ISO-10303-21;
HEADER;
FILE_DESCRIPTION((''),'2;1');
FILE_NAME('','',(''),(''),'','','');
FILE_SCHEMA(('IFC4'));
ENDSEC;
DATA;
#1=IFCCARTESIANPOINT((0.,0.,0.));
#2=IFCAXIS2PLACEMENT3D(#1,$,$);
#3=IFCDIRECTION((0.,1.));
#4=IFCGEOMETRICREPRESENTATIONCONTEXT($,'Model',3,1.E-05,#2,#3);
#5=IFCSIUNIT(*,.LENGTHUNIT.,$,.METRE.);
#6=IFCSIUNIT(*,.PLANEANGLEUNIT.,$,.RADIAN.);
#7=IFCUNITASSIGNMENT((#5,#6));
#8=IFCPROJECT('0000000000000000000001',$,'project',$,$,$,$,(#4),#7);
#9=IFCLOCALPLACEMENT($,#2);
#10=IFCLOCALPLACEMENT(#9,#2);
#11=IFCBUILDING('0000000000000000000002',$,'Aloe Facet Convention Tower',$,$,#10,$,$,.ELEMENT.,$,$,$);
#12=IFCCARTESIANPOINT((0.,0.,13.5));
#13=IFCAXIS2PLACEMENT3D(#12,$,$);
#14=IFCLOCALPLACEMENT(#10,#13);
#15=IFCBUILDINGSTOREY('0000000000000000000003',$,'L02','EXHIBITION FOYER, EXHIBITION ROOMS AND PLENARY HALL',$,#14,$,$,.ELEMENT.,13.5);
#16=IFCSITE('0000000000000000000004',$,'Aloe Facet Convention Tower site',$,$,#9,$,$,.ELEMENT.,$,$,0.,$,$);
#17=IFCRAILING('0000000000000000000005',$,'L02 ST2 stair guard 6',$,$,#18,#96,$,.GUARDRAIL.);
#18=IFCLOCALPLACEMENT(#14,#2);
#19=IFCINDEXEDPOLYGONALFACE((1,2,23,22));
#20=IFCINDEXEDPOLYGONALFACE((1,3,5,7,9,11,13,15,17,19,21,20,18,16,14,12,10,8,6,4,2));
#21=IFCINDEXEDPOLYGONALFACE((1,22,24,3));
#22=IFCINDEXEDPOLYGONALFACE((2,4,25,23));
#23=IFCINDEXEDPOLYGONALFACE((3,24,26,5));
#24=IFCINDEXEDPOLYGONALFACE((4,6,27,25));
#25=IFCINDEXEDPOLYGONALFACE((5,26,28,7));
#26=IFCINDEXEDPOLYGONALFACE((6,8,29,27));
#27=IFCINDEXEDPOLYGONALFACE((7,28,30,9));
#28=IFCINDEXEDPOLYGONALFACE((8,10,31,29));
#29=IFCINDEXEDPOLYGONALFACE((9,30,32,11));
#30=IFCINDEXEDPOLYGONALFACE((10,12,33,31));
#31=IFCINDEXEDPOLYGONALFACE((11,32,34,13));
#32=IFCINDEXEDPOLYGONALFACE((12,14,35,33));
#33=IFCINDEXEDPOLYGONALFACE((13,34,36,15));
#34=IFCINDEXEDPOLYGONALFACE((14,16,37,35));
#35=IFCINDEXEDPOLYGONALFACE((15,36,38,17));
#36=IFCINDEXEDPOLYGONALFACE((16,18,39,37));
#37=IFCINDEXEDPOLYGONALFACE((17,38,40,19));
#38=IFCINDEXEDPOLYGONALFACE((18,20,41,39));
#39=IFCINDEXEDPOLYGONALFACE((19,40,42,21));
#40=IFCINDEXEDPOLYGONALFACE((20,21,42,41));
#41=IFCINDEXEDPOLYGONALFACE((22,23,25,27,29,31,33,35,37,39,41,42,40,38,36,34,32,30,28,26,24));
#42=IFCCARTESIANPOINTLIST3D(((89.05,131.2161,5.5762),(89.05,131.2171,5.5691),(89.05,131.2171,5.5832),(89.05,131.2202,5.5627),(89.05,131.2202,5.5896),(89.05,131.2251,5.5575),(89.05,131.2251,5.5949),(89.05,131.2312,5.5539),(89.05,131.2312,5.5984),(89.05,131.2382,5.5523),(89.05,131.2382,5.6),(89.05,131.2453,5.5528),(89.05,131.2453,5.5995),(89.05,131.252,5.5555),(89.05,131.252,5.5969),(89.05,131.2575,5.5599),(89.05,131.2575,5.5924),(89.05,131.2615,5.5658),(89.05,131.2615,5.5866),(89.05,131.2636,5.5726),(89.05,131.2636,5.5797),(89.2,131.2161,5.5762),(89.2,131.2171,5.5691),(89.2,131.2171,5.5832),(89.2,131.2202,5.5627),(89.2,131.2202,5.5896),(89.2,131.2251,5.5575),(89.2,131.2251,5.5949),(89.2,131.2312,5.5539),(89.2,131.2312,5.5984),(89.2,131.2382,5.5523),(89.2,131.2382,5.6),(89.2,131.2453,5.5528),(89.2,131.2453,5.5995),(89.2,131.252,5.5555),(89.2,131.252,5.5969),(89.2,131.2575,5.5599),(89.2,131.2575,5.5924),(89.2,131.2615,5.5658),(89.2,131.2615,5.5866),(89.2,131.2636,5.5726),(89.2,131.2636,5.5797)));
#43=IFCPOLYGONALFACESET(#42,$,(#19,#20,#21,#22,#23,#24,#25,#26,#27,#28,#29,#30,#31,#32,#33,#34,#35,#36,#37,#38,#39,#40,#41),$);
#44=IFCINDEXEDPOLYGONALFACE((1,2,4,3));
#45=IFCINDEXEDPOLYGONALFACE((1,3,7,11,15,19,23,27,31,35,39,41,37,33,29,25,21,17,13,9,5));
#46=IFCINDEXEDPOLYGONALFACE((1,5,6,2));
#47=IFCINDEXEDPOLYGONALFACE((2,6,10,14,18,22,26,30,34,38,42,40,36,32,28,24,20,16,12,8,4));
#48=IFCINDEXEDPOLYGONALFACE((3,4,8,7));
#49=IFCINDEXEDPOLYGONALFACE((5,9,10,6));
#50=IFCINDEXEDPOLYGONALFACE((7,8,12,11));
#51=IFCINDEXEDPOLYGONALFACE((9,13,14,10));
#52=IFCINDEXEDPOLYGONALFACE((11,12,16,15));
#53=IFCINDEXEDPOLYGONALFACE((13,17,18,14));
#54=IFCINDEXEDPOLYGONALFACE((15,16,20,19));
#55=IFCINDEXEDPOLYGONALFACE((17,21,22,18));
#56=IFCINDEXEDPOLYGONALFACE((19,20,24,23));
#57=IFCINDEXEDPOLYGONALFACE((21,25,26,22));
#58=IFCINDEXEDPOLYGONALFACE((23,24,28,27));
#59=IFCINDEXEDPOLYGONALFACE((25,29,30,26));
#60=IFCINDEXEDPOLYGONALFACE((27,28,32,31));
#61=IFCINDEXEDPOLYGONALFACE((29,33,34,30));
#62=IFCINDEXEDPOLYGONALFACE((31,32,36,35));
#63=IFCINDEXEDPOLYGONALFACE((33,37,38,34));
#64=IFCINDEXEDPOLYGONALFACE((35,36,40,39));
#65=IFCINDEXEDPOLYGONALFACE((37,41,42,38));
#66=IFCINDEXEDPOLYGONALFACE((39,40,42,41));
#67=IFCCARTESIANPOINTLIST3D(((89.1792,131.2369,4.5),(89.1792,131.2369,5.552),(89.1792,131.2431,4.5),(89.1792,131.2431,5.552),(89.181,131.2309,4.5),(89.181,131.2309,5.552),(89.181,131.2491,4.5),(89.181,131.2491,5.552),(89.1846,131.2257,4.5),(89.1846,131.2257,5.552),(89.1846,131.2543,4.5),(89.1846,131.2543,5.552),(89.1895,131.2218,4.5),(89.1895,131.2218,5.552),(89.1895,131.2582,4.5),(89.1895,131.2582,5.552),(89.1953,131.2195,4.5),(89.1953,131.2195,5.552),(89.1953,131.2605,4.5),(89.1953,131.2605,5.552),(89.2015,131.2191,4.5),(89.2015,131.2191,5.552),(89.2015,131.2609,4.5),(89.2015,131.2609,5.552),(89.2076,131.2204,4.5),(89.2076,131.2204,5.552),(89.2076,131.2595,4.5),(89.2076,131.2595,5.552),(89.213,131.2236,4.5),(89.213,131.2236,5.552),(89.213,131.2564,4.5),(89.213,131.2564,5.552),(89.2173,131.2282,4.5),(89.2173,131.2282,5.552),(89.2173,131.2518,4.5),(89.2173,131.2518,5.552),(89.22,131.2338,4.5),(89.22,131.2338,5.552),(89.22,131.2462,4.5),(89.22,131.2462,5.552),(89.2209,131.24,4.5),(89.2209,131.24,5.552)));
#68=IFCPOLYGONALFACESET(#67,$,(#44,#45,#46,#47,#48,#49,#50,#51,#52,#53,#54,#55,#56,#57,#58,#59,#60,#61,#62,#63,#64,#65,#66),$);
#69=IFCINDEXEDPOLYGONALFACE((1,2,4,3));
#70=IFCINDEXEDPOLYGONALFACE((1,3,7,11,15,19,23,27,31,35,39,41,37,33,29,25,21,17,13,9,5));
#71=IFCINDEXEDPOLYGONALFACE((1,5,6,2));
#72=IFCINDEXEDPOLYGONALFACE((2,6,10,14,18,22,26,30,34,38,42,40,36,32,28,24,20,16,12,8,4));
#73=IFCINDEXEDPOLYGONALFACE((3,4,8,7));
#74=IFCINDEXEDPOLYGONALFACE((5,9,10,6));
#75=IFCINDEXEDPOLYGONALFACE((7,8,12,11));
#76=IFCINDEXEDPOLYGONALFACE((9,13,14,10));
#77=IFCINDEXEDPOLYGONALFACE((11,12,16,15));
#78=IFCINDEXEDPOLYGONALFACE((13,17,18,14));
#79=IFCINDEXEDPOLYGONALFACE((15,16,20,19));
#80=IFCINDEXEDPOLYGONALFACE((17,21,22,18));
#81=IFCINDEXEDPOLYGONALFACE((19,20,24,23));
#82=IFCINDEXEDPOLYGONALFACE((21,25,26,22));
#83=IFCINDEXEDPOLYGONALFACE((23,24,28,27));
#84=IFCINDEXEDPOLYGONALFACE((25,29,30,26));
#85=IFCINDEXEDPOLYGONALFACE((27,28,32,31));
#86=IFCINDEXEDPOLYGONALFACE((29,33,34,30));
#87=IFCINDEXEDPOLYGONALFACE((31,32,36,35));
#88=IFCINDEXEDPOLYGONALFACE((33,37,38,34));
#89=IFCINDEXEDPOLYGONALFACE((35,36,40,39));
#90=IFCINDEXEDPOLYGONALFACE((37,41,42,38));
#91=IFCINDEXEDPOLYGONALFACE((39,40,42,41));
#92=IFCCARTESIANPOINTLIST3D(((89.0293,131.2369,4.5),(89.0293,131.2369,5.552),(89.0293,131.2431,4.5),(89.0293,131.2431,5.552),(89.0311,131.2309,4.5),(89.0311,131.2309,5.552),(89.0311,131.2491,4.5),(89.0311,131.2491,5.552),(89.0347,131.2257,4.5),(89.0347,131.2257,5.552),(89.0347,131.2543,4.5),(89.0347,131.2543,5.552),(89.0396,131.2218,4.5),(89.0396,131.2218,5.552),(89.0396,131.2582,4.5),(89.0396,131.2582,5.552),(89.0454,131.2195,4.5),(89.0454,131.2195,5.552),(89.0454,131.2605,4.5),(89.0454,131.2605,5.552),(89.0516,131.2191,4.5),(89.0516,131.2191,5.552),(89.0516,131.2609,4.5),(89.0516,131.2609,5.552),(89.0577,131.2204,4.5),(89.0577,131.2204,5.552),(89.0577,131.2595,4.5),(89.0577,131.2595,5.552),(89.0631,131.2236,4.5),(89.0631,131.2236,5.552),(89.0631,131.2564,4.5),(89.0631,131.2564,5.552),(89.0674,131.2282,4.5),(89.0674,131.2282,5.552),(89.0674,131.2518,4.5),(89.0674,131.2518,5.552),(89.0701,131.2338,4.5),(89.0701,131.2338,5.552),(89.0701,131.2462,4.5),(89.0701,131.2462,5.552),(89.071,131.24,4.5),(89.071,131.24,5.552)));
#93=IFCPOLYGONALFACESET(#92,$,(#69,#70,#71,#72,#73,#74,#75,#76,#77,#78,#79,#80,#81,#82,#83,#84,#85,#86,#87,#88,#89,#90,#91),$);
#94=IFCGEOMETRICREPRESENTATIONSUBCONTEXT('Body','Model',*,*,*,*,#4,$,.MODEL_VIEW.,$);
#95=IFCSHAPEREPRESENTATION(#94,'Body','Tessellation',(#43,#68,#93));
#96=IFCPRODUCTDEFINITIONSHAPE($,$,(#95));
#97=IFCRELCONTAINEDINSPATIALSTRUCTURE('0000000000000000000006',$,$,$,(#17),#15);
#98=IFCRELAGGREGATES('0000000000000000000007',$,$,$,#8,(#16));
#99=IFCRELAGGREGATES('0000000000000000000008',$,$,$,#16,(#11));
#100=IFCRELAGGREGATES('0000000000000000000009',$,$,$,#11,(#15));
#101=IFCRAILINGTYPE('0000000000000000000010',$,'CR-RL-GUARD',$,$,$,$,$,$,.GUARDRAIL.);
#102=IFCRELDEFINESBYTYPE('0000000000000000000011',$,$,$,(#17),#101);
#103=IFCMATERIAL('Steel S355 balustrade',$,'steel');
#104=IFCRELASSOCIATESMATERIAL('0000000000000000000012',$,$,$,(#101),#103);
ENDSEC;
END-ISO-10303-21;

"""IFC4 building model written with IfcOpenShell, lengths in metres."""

from ifc_helpers import new_model, si_unit, direction, frame, origin, origin_2d, place, context, subcontext, project, spatial, circle, extrude, material, type_object, element, save


model = new_model("IFC4")

# Units and contexts
model_context = context("Model", 3, precision=1e-05, world=origin(), true_north=direction((0.0, 1.0)))
body_context = subcontext(model_context, "Body", "Model", "MODEL_VIEW")
ifc_project = project(units=[si_unit("LENGTHUNIT", "METRE"), si_unit("PLANEANGLEUNIT", "RADIAN")], contexts=[model_context])

# Site, building, storey
site_placement = place(None, origin())
site = spatial("IfcSite", under=ifc_project, at=site_placement, Name="Aloe Facet Convention Tower site", CompositionType="ELEMENT", RefElevation=0.0)
building_placement = place(site_placement, origin())
building = spatial("IfcBuilding", under=site, at=building_placement, Name="Aloe Facet Convention Tower", CompositionType="ELEMENT")
storey_placement = place(building_placement, frame((0.0, 0.0, 13.5)))
storey = spatial("IfcBuildingStorey", under=building, at=storey_placement, Name="L02", Description="EXHIBITION FOYER, EXHIBITION ROOMS AND PLENARY HALL", CompositionType="ELEMENT", Elevation=13.5)

# Railing
ifc_material_1 = material(Name="Steel S355 balustrade", Category="steel")
railing_type_1 = type_object("IfcRailingType", Name="CR-RL-GUARD", PredefinedType="GUARDRAIL", material=ifc_material_1)
railing_1_placement = place(storey_placement, frame((89.2, 131.24, 4.5)))
element("IfcRailing", 1, at=railing_1_placement, inside=storey, type_object=railing_type_1, Name="L02 ST2 stair guard 6", PredefinedType="GUARDRAIL", context=body_context, shape_type="SweptSolid", body=[
    extrude(circle(Radius=0.0239, at=origin_2d()), frame((0.0, 0.0, 1.0762), z_axis=(-1.0, 0.0, 0.0), x_axis=(0.0, -1.0, 0.0)), (0.0, 0.0, 1.0), 0.1499),
    extrude(circle(Radius=0.021, at=origin_2d()), origin(), (0.0, 0.0, 1.0), 1.052),
    extrude(circle(Radius=0.021, at=origin_2d()), frame((-0.1499, 0.0, 0.0)), (0.0, 0.0, 1.0), 1.052),
])

save(model, "model.ifc")
